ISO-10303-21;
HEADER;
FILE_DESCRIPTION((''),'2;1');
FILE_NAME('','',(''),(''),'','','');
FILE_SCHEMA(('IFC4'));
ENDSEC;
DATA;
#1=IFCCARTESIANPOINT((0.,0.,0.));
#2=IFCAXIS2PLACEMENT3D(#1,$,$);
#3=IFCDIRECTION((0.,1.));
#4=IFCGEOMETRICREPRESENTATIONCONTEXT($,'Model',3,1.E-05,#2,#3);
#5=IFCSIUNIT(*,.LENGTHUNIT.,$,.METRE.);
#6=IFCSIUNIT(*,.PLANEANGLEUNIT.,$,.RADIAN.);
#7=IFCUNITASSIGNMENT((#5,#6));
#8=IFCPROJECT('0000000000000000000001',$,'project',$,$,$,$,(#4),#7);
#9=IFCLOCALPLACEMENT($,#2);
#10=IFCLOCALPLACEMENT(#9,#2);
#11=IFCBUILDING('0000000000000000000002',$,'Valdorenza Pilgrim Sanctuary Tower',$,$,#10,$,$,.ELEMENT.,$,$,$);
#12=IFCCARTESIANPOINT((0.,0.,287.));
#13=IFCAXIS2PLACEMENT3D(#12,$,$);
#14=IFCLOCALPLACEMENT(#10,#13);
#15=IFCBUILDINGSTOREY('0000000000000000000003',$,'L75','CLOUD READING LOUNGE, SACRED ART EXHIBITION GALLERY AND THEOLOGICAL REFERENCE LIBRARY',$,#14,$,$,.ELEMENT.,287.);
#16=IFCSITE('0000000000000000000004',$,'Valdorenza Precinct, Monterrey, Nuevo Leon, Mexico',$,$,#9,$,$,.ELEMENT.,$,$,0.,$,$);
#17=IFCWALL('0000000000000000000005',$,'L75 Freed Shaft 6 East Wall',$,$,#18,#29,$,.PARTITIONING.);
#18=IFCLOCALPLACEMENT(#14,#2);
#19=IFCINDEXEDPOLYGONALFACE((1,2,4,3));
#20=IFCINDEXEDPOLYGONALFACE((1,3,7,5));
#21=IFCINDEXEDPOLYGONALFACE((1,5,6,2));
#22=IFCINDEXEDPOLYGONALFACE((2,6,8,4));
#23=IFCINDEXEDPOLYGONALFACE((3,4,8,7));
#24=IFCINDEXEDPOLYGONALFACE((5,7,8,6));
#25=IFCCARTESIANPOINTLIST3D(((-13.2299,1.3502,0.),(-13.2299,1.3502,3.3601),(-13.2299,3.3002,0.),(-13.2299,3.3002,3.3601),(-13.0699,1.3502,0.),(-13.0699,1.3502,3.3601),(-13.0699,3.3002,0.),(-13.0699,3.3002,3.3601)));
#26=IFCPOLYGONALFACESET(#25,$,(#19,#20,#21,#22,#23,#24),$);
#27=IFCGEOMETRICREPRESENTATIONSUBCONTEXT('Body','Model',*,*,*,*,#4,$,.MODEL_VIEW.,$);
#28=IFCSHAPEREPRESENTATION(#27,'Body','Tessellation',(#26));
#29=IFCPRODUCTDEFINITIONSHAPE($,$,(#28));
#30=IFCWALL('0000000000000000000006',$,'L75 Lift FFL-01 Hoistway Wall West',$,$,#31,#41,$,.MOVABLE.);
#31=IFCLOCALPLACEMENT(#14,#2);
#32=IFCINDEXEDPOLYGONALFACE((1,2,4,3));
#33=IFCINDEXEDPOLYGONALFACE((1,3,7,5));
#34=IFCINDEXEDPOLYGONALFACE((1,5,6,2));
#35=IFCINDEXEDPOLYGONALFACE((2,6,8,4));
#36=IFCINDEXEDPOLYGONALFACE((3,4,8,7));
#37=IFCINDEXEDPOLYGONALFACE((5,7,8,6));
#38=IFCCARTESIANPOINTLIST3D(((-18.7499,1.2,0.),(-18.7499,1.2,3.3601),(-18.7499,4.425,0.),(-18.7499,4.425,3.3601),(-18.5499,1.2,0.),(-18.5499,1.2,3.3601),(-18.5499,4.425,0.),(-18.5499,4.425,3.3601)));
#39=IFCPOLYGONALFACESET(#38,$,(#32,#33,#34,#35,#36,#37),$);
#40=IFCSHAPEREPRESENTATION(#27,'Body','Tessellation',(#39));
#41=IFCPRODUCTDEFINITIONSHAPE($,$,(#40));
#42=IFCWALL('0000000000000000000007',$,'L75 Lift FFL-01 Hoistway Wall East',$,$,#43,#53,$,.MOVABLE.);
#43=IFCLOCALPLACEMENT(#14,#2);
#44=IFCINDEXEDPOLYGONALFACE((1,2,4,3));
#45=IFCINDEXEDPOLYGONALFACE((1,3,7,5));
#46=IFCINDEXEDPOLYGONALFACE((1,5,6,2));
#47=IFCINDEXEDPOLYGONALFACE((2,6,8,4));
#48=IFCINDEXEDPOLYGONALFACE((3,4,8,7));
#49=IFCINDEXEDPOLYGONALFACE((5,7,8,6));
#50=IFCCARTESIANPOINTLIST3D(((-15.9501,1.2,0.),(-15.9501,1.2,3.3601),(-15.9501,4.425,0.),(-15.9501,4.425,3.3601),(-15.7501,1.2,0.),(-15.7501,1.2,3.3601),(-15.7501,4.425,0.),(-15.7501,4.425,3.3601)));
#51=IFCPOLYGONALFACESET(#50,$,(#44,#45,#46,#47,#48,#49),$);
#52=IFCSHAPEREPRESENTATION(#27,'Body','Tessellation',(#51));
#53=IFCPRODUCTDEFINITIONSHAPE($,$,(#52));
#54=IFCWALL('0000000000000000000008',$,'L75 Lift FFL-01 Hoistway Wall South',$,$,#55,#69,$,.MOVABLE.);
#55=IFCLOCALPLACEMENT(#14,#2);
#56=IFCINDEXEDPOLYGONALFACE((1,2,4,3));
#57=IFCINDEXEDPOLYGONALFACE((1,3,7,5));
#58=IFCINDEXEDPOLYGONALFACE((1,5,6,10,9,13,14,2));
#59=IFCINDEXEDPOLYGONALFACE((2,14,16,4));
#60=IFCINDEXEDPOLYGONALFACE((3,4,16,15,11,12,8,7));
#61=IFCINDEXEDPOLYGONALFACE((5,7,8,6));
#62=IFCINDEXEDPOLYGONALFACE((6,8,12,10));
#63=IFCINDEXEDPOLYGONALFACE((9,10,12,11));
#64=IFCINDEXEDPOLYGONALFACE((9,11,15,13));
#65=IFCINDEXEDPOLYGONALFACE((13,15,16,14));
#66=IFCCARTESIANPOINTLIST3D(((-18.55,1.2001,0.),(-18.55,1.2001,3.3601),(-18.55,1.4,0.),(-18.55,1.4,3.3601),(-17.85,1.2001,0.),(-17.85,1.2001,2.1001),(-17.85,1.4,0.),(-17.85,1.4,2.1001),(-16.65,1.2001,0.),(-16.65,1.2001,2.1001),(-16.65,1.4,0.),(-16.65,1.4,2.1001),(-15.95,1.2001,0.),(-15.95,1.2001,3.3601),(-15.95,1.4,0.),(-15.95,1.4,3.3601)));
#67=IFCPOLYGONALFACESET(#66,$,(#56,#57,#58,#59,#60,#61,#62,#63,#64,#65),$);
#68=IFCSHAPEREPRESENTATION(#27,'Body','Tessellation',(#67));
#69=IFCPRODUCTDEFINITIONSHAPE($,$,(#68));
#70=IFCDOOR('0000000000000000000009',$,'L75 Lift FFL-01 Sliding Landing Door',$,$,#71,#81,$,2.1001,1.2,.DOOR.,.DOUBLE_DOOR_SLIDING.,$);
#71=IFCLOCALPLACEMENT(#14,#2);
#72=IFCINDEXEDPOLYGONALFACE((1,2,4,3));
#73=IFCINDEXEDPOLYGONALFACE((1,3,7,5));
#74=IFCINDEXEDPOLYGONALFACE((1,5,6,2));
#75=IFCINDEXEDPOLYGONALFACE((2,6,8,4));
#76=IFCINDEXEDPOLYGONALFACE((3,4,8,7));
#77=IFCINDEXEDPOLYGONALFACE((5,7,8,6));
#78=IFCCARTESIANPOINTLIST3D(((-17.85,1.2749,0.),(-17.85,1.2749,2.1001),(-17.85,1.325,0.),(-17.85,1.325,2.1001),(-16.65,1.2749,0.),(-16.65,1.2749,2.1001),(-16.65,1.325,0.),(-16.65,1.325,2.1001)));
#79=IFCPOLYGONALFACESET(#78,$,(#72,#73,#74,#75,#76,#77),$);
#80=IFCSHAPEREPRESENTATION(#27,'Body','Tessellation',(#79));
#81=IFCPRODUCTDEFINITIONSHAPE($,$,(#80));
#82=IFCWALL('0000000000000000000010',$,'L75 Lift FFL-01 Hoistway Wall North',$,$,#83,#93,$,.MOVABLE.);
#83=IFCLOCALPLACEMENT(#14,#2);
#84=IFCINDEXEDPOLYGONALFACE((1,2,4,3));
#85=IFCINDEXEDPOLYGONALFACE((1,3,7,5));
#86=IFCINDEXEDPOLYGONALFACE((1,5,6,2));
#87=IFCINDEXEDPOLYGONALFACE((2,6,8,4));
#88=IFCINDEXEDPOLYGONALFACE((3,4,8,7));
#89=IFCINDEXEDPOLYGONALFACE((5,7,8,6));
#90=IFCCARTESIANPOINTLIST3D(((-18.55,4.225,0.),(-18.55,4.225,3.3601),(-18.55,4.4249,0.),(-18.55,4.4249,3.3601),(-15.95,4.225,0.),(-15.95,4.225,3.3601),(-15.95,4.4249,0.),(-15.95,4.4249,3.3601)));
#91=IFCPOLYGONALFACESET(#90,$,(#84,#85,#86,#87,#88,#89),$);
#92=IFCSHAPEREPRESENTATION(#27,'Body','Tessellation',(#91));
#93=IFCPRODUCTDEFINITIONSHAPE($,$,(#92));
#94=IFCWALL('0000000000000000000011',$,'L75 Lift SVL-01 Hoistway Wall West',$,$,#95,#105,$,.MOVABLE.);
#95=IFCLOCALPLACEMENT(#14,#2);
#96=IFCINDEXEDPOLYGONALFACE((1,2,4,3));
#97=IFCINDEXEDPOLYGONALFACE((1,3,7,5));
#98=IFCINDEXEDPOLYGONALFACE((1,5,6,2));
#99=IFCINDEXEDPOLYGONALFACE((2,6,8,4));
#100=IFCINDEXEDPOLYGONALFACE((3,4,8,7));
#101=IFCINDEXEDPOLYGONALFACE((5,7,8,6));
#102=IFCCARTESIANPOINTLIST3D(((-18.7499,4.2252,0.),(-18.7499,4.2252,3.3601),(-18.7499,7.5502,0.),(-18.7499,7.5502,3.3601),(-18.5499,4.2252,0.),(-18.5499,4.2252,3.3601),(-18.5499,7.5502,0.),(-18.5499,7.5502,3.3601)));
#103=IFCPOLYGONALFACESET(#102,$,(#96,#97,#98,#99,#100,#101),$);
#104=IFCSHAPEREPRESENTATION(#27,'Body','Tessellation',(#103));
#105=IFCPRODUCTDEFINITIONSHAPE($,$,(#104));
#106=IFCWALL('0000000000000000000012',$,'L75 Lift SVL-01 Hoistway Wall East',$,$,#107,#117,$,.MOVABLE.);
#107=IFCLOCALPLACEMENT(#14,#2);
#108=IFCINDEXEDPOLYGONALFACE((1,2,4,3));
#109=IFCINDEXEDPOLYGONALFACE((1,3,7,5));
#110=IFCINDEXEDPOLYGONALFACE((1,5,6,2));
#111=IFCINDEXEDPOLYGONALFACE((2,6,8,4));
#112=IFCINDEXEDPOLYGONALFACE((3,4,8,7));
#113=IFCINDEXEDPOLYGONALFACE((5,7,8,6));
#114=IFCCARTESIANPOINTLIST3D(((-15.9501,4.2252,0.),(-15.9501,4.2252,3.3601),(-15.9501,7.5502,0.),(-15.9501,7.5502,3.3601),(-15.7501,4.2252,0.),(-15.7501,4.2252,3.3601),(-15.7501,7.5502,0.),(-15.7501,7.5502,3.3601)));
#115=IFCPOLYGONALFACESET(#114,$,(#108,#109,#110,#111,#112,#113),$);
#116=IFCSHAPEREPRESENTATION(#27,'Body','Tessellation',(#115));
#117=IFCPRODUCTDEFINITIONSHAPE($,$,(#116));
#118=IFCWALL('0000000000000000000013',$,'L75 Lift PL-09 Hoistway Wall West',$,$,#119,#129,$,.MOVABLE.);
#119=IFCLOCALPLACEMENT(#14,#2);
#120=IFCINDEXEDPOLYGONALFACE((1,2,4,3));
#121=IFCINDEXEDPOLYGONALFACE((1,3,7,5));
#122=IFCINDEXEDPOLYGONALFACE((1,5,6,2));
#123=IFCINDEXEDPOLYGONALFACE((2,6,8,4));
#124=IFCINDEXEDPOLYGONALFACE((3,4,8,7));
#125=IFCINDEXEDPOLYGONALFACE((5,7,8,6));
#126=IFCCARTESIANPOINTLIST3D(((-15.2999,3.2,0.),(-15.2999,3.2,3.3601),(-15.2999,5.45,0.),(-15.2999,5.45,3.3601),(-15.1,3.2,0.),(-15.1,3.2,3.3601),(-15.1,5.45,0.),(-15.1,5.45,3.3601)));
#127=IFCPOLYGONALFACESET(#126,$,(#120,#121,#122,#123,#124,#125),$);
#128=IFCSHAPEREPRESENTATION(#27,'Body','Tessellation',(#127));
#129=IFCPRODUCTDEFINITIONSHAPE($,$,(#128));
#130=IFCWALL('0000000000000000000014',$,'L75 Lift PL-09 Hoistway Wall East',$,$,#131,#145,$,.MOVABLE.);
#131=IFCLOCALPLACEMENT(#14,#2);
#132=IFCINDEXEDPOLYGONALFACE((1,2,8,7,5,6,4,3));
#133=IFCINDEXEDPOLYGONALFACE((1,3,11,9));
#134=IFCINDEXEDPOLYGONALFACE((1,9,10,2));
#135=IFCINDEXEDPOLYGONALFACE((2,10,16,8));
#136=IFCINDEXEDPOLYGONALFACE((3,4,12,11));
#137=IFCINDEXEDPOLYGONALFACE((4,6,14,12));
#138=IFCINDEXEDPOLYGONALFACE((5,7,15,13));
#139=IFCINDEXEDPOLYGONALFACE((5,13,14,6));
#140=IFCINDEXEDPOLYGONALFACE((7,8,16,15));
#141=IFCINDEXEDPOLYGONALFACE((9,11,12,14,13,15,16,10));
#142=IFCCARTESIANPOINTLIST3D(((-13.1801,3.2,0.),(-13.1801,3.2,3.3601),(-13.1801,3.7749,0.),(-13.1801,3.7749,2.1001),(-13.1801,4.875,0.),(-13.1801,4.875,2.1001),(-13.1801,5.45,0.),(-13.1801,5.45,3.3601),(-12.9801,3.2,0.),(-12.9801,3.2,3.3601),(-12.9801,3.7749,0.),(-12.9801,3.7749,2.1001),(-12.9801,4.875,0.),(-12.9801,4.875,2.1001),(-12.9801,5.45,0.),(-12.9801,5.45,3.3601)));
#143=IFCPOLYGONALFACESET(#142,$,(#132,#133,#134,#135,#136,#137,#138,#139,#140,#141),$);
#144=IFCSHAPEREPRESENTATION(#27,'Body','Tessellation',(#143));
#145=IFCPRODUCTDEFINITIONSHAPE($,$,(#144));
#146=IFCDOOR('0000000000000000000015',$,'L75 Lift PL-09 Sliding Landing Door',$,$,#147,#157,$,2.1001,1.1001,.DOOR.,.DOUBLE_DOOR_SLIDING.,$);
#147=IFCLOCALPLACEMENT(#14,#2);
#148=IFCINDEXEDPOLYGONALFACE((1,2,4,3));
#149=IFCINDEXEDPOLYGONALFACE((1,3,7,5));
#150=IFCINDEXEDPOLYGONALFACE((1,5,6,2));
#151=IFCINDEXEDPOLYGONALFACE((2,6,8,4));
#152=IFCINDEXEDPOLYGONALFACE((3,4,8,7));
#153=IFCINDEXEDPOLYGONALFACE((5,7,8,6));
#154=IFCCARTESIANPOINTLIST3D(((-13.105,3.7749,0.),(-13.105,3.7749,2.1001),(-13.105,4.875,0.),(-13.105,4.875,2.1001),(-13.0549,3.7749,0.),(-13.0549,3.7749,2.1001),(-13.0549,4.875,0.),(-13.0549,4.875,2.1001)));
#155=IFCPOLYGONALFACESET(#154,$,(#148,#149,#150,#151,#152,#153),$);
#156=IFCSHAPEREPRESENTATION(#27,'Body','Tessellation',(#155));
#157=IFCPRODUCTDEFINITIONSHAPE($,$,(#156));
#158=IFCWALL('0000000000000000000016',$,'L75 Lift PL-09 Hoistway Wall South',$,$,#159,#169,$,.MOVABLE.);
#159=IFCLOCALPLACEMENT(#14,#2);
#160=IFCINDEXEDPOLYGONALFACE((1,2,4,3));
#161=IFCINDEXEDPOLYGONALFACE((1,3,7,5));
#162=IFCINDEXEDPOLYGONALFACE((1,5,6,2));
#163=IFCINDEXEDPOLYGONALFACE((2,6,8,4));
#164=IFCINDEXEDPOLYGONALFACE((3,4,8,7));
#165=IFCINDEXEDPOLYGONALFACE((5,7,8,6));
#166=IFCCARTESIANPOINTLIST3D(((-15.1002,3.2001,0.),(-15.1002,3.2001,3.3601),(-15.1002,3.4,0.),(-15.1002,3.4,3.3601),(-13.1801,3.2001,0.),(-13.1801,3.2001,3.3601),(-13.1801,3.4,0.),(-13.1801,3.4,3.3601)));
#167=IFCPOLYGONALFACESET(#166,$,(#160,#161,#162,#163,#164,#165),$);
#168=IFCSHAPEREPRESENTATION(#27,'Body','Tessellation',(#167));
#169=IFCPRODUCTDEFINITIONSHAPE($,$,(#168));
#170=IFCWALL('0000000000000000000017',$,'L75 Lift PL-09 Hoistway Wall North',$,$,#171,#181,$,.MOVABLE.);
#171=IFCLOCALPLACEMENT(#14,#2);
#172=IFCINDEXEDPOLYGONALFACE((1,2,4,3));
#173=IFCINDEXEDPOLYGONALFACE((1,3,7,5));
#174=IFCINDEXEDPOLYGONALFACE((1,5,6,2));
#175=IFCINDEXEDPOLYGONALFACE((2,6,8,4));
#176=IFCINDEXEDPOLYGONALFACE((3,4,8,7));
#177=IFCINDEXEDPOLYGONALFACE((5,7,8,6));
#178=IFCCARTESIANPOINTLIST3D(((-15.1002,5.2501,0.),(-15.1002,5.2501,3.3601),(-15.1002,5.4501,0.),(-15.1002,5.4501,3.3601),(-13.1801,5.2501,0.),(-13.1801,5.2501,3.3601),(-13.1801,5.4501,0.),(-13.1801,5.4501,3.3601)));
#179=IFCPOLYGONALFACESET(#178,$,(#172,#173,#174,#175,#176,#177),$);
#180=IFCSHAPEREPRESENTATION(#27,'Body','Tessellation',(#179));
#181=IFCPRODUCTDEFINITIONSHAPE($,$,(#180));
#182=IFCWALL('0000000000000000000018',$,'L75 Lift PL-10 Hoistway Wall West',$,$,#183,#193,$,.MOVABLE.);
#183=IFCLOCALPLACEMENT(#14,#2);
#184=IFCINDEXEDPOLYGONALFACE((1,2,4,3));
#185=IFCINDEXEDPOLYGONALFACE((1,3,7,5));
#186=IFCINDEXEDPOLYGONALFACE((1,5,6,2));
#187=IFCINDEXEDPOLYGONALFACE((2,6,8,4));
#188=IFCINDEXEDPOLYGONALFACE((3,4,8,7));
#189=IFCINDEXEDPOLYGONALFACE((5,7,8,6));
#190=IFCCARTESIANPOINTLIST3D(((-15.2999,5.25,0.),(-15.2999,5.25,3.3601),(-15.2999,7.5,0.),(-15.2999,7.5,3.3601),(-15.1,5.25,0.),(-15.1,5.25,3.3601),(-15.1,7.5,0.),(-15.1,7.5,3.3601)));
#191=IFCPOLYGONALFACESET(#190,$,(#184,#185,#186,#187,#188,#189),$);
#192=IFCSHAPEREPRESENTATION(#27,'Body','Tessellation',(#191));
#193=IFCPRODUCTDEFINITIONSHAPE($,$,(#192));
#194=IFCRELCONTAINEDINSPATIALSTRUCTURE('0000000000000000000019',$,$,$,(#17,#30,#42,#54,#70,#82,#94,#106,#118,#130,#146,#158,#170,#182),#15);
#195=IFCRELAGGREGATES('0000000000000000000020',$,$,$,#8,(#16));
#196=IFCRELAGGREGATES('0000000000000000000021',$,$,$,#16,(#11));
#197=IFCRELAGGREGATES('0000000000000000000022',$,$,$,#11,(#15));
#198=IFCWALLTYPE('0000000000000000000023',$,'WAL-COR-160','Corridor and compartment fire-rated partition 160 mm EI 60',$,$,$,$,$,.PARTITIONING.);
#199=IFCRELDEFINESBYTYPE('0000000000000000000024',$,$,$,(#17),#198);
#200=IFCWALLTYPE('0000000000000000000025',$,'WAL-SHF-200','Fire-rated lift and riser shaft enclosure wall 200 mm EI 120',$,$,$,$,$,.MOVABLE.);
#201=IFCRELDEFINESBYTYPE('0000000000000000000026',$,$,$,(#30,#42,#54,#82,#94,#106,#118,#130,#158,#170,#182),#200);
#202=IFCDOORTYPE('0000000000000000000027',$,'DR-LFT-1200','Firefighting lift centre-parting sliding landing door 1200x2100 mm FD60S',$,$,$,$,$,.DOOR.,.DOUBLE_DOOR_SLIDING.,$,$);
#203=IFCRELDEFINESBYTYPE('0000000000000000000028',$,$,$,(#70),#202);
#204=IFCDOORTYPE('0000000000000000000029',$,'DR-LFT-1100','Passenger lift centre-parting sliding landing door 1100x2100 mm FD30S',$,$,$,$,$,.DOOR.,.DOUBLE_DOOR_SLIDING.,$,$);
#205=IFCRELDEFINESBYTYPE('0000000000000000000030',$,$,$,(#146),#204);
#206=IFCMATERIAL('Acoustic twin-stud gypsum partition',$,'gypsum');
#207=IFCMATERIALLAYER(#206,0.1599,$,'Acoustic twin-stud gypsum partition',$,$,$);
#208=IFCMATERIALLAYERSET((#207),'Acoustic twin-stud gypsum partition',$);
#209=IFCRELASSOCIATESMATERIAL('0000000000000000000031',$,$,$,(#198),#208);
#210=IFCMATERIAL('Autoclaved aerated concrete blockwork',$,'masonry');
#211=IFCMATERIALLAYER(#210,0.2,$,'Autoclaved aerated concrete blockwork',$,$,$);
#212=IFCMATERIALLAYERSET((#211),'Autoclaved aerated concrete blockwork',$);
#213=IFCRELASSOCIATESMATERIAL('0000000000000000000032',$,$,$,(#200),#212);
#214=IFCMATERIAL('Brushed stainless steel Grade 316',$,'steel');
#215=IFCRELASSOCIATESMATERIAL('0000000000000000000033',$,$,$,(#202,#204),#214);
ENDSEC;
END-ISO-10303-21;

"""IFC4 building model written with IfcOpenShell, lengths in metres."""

from ifc_helpers import new_model, si_unit, direction, frame, frame_2d, origin, place, context, subcontext, project, spatial, rectangle, extrude, material, layer, layer_set, type_object, element, fill, save


model = new_model("IFC4")

# Units and contexts
model_context = context("Model", 3, precision=1e-05, world=origin(), true_north=direction((0.0, 1.0)))
body_context = subcontext(model_context, "Body", "Model", "MODEL_VIEW")
ifc_project = project(units=[si_unit("LENGTHUNIT", "METRE"), si_unit("PLANEANGLEUNIT", "RADIAN")], contexts=[model_context])

# Site, building, storey
site_placement = place(None, origin())
site = spatial("IfcSite", under=ifc_project, at=site_placement, Name="Valdorenza Precinct, Monterrey, Nuevo Leon, Mexico", CompositionType="ELEMENT", RefElevation=0.0)
building_placement = place(site_placement, origin())
building = spatial("IfcBuilding", under=site, at=building_placement, Name="Valdorenza Pilgrim Sanctuary Tower", CompositionType="ELEMENT")
storey_placement = place(building_placement, frame((0.0, 0.0, 287.0)))
storey = spatial("IfcBuildingStorey", under=building, at=storey_placement, Name="L75", Description="CLOUD READING LOUNGE, SACRED ART EXHIBITION GALLERY AND THEOLOGICAL REFERENCE LIBRARY", CompositionType="ELEMENT", Elevation=287.0)

# Walls
ifc_material_1 = material(Name="Acoustic twin-stud gypsum partition", Category="gypsum")
ifc_layer_1 = layer(ifc_material_1, 0.1599, Name="Acoustic twin-stud gypsum partition")
ifc_layer_set_1 = layer_set([ifc_layer_1], Name="Acoustic twin-stud gypsum partition")
wall_type_1 = type_object("IfcWallType", Name="WAL-COR-160", Description="Corridor and compartment fire-rated partition 160 mm EI 60", PredefinedType="PARTITIONING", material=ifc_layer_set_1)
wall_1_placement = place(storey_placement, frame((-13.1499, 1.3501, 0.0), z_axis=(0.0, 0.0, 1.0), x_axis=(0.0, 1.0, 0.0)))
element("IfcWall", 1, at=wall_1_placement, inside=storey, type_object=wall_type_1, Name="L75 Freed Shaft 6 East Wall", PredefinedType="PARTITIONING", context=body_context, shape_type="SweptSolid", body=[
    extrude(rectangle(XDim=1.95, YDim=0.1599, at=frame_2d((0.9751, 0.0))), origin(), (0.0, 0.0, 1.0), 3.3601),
])
ifc_material_2 = material(Name="Autoclaved aerated concrete blockwork", Category="masonry")
ifc_layer_2 = layer(ifc_material_2, 0.2, Name="Autoclaved aerated concrete blockwork")
ifc_layer_set_2 = layer_set([ifc_layer_2], Name="Autoclaved aerated concrete blockwork")
wall_type_2 = type_object("IfcWallType", Name="WAL-SHF-200", Description="Fire-rated lift and riser shaft enclosure wall 200 mm EI 120", PredefinedType="MOVABLE", material=ifc_layer_set_2)
for number, where, z_axis, x_axis, name in (
    (2, (-18.6499, 1.2, 0.0), (0.0, 0.0, 1.0), (0.0, 1.0, 0.0), "L75 Lift FFL-01 Hoistway Wall West"),
    (3, (-15.8501, 1.2, 0.0), (0.0, 0.0, 1.0), (0.0, 1.0, 0.0), "L75 Lift FFL-01 Hoistway Wall East"),
):
    element("IfcWall", number, at=place(storey_placement, frame(where, z_axis=z_axis, x_axis=x_axis)), inside=storey, type_object=wall_type_2, Name=name, PredefinedType="MOVABLE", context=body_context, shape_type="SweptSolid", body=[
        extrude(rectangle(XDim=3.2251, YDim=0.2, at=frame_2d((1.6125, 0.0))), origin(), (0.0, 0.0, 1.0), 3.3601),
    ])

# Wall, opening, door
wall_2_placement = place(storey_placement, frame((-18.55, 1.3, 0.0), z_axis=(0.0, 0.0, 1.0), x_axis=(1.0, 0.0, 0.0)))
wall_2 = element("IfcWall", 4, at=wall_2_placement, inside=storey, type_object=wall_type_2, Name="L75 Lift FFL-01 Hoistway Wall South", PredefinedType="MOVABLE", context=body_context, shape_type="SweptSolid", body=[
    extrude(rectangle(XDim=2.6001, YDim=0.2, at=frame_2d((1.3, 0.0))), origin(), (0.0, 0.0, 1.0), 3.3601),
])
opening_1_placement = place(wall_2_placement, frame((0.7, 0.0, 0.0)))
opening_1 = element("IfcOpeningElement", 5, at=opening_1_placement, cuts=wall_2, PredefinedType="OPENING", context=body_context, shape_type="SweptSolid", body=[
    extrude(rectangle(XDim=1.2, YDim=2.1001, at=frame_2d((0.6001, 1.05))), frame((0.0, 0.1147, 0.0), z_axis=(0.0, -1.0, 0.0), x_axis=(1.0, 0.0, 0.0)), (0.0, 0.0, 1.0), 0.2297),
])
ifc_material_3 = material(Name="Brushed stainless steel Grade 316", Category="steel")
door_type_1 = type_object("IfcDoorType", Name="DR-LFT-1200", Description="Firefighting lift centre-parting sliding landing door 1200x2100 mm FD60S", OperationType="DOUBLE_DOOR_SLIDING", PredefinedType="DOOR", material=ifc_material_3)
door_1_placement = place(opening_1_placement, origin())
door_1 = element("IfcDoor", 6, at=door_1_placement, inside=storey, type_object=door_type_1, Name="L75 Lift FFL-01 Sliding Landing Door", OperationType="DOUBLE_DOOR_SLIDING", OverallHeight=2.1001, OverallWidth=1.2, PredefinedType="DOOR", context=body_context, shape_type="SweptSolid", body=[
    extrude(rectangle(XDim=1.2, YDim=2.1001, at=frame_2d((0.6001, 1.05))), frame((0.0, 0.0249, 0.0), z_axis=(0.0, -1.0, 0.0), x_axis=(1.0, 0.0, 0.0)), (0.0, 0.0, 1.0), 0.05),
])
fill(opening_1, door_1)

# Walls
wall_3_placement = place(storey_placement, frame((-18.55, 4.325, 0.0), z_axis=(0.0, 0.0, 1.0), x_axis=(1.0, 0.0, 0.0)))
element("IfcWall", 7, at=wall_3_placement, inside=storey, type_object=wall_type_2, Name="L75 Lift FFL-01 Hoistway Wall North", PredefinedType="MOVABLE", context=body_context, shape_type="SweptSolid", body=[
    extrude(rectangle(XDim=2.6001, YDim=0.2, at=frame_2d((1.3, 0.0))), origin(), (0.0, 0.0, 1.0), 3.3601),
])
for number, where, z_axis, x_axis, name in (
    (8, (-18.6499, 4.2251, 0.0), (0.0, 0.0, 1.0), (0.0, 1.0, 0.0), "L75 Lift SVL-01 Hoistway Wall West"),
    (9, (-15.8501, 4.2251, 0.0), (0.0, 0.0, 1.0), (0.0, 1.0, 0.0), "L75 Lift SVL-01 Hoistway Wall East"),
):
    element("IfcWall", number, at=place(storey_placement, frame(where, z_axis=z_axis, x_axis=x_axis)), inside=storey, type_object=wall_type_2, Name=name, PredefinedType="MOVABLE", context=body_context, shape_type="SweptSolid", body=[
        extrude(rectangle(XDim=3.325, YDim=0.2, at=frame_2d((1.6626, 0.0))), origin(), (0.0, 0.0, 1.0), 3.3601),
    ])
wall_4_placement = place(storey_placement, frame((-15.2, 3.2, 0.0), z_axis=(0.0, 0.0, 1.0), x_axis=(0.0, 1.0, 0.0)))
element("IfcWall", 10, at=wall_4_placement, inside=storey, type_object=wall_type_2, Name="L75 Lift PL-09 Hoistway Wall West", PredefinedType="MOVABLE", context=body_context, shape_type="SweptSolid", body=[
    extrude(rectangle(XDim=2.25, YDim=0.2, at=frame_2d((1.125, 0.0))), origin(), (0.0, 0.0, 1.0), 3.3601),
])

# Wall, opening, door
wall_5_placement = place(storey_placement, frame((-13.0801, 3.2, 0.0), z_axis=(0.0, 0.0, 1.0), x_axis=(0.0, 1.0, 0.0)))
wall_5 = element("IfcWall", 11, at=wall_5_placement, inside=storey, type_object=wall_type_2, Name="L75 Lift PL-09 Hoistway Wall East", PredefinedType="MOVABLE", context=body_context, shape_type="SweptSolid", body=[
    extrude(rectangle(XDim=2.25, YDim=0.2, at=frame_2d((1.125, 0.0))), origin(), (0.0, 0.0, 1.0), 3.3601),
])
opening_2_placement = place(wall_5_placement, frame((0.575, 0.0, 0.0)))
opening_2 = element("IfcOpeningElement", 12, at=opening_2_placement, cuts=wall_5, PredefinedType="OPENING", context=body_context, shape_type="SweptSolid", body=[
    extrude(rectangle(XDim=1.1001, YDim=2.1001, at=frame_2d((0.55, 1.05))), frame((0.0, 0.1147, 0.0), z_axis=(0.0, -1.0, 0.0), x_axis=(1.0, 0.0, 0.0)), (0.0, 0.0, 1.0), 0.2297),
])
door_type_2 = type_object("IfcDoorType", Name="DR-LFT-1100", Description="Passenger lift centre-parting sliding landing door 1100x2100 mm FD30S", OperationType="DOUBLE_DOOR_SLIDING", PredefinedType="DOOR", material=ifc_material_3)
door_2_placement = place(opening_2_placement, origin())
door_2 = element("IfcDoor", 13, at=door_2_placement, inside=storey, type_object=door_type_2, Name="L75 Lift PL-09 Sliding Landing Door", OperationType="DOUBLE_DOOR_SLIDING", OverallHeight=2.1001, OverallWidth=1.1001, PredefinedType="DOOR", context=body_context, shape_type="SweptSolid", body=[
    extrude(rectangle(XDim=1.1001, YDim=2.1001, at=frame_2d((0.55, 1.05))), frame((0.0, 0.0249, 0.0), z_axis=(0.0, -1.0, 0.0), x_axis=(1.0, 0.0, 0.0)), (0.0, 0.0, 1.0), 0.05),
])
fill(opening_2, door_2)

# Walls
for number, where, z_axis, x_axis, name in (
    (14, (-15.1001, 3.3, 0.0), (0.0, 0.0, 1.0), (1.0, 0.0, 0.0), "L75 Lift PL-09 Hoistway Wall South"),
    (15, (-15.1001, 5.3501, 0.0), (0.0, 0.0, 1.0), (1.0, 0.0, 0.0), "L75 Lift PL-09 Hoistway Wall North"),
):
    element("IfcWall", number, at=place(storey_placement, frame(where, z_axis=z_axis, x_axis=x_axis)), inside=storey, type_object=wall_type_2, Name=name, PredefinedType="MOVABLE", context=body_context, shape_type="SweptSolid", body=[
        extrude(rectangle(XDim=1.9202, YDim=0.2, at=frame_2d((0.96, 0.0))), origin(), (0.0, 0.0, 1.0), 3.3601),
    ])
wall_6_placement = place(storey_placement, frame((-15.2, 5.25, 0.0), z_axis=(0.0, 0.0, 1.0), x_axis=(0.0, 1.0, 0.0)))
element("IfcWall", 16, at=wall_6_placement, inside=storey, type_object=wall_type_2, Name="L75 Lift PL-10 Hoistway Wall West", PredefinedType="MOVABLE", context=body_context, shape_type="SweptSolid", body=[
    extrude(rectangle(XDim=2.25, YDim=0.2, at=frame_2d((1.125, 0.0))), origin(), (0.0, 0.0, 1.0), 3.3601),
])

save(model, "model.ifc")
